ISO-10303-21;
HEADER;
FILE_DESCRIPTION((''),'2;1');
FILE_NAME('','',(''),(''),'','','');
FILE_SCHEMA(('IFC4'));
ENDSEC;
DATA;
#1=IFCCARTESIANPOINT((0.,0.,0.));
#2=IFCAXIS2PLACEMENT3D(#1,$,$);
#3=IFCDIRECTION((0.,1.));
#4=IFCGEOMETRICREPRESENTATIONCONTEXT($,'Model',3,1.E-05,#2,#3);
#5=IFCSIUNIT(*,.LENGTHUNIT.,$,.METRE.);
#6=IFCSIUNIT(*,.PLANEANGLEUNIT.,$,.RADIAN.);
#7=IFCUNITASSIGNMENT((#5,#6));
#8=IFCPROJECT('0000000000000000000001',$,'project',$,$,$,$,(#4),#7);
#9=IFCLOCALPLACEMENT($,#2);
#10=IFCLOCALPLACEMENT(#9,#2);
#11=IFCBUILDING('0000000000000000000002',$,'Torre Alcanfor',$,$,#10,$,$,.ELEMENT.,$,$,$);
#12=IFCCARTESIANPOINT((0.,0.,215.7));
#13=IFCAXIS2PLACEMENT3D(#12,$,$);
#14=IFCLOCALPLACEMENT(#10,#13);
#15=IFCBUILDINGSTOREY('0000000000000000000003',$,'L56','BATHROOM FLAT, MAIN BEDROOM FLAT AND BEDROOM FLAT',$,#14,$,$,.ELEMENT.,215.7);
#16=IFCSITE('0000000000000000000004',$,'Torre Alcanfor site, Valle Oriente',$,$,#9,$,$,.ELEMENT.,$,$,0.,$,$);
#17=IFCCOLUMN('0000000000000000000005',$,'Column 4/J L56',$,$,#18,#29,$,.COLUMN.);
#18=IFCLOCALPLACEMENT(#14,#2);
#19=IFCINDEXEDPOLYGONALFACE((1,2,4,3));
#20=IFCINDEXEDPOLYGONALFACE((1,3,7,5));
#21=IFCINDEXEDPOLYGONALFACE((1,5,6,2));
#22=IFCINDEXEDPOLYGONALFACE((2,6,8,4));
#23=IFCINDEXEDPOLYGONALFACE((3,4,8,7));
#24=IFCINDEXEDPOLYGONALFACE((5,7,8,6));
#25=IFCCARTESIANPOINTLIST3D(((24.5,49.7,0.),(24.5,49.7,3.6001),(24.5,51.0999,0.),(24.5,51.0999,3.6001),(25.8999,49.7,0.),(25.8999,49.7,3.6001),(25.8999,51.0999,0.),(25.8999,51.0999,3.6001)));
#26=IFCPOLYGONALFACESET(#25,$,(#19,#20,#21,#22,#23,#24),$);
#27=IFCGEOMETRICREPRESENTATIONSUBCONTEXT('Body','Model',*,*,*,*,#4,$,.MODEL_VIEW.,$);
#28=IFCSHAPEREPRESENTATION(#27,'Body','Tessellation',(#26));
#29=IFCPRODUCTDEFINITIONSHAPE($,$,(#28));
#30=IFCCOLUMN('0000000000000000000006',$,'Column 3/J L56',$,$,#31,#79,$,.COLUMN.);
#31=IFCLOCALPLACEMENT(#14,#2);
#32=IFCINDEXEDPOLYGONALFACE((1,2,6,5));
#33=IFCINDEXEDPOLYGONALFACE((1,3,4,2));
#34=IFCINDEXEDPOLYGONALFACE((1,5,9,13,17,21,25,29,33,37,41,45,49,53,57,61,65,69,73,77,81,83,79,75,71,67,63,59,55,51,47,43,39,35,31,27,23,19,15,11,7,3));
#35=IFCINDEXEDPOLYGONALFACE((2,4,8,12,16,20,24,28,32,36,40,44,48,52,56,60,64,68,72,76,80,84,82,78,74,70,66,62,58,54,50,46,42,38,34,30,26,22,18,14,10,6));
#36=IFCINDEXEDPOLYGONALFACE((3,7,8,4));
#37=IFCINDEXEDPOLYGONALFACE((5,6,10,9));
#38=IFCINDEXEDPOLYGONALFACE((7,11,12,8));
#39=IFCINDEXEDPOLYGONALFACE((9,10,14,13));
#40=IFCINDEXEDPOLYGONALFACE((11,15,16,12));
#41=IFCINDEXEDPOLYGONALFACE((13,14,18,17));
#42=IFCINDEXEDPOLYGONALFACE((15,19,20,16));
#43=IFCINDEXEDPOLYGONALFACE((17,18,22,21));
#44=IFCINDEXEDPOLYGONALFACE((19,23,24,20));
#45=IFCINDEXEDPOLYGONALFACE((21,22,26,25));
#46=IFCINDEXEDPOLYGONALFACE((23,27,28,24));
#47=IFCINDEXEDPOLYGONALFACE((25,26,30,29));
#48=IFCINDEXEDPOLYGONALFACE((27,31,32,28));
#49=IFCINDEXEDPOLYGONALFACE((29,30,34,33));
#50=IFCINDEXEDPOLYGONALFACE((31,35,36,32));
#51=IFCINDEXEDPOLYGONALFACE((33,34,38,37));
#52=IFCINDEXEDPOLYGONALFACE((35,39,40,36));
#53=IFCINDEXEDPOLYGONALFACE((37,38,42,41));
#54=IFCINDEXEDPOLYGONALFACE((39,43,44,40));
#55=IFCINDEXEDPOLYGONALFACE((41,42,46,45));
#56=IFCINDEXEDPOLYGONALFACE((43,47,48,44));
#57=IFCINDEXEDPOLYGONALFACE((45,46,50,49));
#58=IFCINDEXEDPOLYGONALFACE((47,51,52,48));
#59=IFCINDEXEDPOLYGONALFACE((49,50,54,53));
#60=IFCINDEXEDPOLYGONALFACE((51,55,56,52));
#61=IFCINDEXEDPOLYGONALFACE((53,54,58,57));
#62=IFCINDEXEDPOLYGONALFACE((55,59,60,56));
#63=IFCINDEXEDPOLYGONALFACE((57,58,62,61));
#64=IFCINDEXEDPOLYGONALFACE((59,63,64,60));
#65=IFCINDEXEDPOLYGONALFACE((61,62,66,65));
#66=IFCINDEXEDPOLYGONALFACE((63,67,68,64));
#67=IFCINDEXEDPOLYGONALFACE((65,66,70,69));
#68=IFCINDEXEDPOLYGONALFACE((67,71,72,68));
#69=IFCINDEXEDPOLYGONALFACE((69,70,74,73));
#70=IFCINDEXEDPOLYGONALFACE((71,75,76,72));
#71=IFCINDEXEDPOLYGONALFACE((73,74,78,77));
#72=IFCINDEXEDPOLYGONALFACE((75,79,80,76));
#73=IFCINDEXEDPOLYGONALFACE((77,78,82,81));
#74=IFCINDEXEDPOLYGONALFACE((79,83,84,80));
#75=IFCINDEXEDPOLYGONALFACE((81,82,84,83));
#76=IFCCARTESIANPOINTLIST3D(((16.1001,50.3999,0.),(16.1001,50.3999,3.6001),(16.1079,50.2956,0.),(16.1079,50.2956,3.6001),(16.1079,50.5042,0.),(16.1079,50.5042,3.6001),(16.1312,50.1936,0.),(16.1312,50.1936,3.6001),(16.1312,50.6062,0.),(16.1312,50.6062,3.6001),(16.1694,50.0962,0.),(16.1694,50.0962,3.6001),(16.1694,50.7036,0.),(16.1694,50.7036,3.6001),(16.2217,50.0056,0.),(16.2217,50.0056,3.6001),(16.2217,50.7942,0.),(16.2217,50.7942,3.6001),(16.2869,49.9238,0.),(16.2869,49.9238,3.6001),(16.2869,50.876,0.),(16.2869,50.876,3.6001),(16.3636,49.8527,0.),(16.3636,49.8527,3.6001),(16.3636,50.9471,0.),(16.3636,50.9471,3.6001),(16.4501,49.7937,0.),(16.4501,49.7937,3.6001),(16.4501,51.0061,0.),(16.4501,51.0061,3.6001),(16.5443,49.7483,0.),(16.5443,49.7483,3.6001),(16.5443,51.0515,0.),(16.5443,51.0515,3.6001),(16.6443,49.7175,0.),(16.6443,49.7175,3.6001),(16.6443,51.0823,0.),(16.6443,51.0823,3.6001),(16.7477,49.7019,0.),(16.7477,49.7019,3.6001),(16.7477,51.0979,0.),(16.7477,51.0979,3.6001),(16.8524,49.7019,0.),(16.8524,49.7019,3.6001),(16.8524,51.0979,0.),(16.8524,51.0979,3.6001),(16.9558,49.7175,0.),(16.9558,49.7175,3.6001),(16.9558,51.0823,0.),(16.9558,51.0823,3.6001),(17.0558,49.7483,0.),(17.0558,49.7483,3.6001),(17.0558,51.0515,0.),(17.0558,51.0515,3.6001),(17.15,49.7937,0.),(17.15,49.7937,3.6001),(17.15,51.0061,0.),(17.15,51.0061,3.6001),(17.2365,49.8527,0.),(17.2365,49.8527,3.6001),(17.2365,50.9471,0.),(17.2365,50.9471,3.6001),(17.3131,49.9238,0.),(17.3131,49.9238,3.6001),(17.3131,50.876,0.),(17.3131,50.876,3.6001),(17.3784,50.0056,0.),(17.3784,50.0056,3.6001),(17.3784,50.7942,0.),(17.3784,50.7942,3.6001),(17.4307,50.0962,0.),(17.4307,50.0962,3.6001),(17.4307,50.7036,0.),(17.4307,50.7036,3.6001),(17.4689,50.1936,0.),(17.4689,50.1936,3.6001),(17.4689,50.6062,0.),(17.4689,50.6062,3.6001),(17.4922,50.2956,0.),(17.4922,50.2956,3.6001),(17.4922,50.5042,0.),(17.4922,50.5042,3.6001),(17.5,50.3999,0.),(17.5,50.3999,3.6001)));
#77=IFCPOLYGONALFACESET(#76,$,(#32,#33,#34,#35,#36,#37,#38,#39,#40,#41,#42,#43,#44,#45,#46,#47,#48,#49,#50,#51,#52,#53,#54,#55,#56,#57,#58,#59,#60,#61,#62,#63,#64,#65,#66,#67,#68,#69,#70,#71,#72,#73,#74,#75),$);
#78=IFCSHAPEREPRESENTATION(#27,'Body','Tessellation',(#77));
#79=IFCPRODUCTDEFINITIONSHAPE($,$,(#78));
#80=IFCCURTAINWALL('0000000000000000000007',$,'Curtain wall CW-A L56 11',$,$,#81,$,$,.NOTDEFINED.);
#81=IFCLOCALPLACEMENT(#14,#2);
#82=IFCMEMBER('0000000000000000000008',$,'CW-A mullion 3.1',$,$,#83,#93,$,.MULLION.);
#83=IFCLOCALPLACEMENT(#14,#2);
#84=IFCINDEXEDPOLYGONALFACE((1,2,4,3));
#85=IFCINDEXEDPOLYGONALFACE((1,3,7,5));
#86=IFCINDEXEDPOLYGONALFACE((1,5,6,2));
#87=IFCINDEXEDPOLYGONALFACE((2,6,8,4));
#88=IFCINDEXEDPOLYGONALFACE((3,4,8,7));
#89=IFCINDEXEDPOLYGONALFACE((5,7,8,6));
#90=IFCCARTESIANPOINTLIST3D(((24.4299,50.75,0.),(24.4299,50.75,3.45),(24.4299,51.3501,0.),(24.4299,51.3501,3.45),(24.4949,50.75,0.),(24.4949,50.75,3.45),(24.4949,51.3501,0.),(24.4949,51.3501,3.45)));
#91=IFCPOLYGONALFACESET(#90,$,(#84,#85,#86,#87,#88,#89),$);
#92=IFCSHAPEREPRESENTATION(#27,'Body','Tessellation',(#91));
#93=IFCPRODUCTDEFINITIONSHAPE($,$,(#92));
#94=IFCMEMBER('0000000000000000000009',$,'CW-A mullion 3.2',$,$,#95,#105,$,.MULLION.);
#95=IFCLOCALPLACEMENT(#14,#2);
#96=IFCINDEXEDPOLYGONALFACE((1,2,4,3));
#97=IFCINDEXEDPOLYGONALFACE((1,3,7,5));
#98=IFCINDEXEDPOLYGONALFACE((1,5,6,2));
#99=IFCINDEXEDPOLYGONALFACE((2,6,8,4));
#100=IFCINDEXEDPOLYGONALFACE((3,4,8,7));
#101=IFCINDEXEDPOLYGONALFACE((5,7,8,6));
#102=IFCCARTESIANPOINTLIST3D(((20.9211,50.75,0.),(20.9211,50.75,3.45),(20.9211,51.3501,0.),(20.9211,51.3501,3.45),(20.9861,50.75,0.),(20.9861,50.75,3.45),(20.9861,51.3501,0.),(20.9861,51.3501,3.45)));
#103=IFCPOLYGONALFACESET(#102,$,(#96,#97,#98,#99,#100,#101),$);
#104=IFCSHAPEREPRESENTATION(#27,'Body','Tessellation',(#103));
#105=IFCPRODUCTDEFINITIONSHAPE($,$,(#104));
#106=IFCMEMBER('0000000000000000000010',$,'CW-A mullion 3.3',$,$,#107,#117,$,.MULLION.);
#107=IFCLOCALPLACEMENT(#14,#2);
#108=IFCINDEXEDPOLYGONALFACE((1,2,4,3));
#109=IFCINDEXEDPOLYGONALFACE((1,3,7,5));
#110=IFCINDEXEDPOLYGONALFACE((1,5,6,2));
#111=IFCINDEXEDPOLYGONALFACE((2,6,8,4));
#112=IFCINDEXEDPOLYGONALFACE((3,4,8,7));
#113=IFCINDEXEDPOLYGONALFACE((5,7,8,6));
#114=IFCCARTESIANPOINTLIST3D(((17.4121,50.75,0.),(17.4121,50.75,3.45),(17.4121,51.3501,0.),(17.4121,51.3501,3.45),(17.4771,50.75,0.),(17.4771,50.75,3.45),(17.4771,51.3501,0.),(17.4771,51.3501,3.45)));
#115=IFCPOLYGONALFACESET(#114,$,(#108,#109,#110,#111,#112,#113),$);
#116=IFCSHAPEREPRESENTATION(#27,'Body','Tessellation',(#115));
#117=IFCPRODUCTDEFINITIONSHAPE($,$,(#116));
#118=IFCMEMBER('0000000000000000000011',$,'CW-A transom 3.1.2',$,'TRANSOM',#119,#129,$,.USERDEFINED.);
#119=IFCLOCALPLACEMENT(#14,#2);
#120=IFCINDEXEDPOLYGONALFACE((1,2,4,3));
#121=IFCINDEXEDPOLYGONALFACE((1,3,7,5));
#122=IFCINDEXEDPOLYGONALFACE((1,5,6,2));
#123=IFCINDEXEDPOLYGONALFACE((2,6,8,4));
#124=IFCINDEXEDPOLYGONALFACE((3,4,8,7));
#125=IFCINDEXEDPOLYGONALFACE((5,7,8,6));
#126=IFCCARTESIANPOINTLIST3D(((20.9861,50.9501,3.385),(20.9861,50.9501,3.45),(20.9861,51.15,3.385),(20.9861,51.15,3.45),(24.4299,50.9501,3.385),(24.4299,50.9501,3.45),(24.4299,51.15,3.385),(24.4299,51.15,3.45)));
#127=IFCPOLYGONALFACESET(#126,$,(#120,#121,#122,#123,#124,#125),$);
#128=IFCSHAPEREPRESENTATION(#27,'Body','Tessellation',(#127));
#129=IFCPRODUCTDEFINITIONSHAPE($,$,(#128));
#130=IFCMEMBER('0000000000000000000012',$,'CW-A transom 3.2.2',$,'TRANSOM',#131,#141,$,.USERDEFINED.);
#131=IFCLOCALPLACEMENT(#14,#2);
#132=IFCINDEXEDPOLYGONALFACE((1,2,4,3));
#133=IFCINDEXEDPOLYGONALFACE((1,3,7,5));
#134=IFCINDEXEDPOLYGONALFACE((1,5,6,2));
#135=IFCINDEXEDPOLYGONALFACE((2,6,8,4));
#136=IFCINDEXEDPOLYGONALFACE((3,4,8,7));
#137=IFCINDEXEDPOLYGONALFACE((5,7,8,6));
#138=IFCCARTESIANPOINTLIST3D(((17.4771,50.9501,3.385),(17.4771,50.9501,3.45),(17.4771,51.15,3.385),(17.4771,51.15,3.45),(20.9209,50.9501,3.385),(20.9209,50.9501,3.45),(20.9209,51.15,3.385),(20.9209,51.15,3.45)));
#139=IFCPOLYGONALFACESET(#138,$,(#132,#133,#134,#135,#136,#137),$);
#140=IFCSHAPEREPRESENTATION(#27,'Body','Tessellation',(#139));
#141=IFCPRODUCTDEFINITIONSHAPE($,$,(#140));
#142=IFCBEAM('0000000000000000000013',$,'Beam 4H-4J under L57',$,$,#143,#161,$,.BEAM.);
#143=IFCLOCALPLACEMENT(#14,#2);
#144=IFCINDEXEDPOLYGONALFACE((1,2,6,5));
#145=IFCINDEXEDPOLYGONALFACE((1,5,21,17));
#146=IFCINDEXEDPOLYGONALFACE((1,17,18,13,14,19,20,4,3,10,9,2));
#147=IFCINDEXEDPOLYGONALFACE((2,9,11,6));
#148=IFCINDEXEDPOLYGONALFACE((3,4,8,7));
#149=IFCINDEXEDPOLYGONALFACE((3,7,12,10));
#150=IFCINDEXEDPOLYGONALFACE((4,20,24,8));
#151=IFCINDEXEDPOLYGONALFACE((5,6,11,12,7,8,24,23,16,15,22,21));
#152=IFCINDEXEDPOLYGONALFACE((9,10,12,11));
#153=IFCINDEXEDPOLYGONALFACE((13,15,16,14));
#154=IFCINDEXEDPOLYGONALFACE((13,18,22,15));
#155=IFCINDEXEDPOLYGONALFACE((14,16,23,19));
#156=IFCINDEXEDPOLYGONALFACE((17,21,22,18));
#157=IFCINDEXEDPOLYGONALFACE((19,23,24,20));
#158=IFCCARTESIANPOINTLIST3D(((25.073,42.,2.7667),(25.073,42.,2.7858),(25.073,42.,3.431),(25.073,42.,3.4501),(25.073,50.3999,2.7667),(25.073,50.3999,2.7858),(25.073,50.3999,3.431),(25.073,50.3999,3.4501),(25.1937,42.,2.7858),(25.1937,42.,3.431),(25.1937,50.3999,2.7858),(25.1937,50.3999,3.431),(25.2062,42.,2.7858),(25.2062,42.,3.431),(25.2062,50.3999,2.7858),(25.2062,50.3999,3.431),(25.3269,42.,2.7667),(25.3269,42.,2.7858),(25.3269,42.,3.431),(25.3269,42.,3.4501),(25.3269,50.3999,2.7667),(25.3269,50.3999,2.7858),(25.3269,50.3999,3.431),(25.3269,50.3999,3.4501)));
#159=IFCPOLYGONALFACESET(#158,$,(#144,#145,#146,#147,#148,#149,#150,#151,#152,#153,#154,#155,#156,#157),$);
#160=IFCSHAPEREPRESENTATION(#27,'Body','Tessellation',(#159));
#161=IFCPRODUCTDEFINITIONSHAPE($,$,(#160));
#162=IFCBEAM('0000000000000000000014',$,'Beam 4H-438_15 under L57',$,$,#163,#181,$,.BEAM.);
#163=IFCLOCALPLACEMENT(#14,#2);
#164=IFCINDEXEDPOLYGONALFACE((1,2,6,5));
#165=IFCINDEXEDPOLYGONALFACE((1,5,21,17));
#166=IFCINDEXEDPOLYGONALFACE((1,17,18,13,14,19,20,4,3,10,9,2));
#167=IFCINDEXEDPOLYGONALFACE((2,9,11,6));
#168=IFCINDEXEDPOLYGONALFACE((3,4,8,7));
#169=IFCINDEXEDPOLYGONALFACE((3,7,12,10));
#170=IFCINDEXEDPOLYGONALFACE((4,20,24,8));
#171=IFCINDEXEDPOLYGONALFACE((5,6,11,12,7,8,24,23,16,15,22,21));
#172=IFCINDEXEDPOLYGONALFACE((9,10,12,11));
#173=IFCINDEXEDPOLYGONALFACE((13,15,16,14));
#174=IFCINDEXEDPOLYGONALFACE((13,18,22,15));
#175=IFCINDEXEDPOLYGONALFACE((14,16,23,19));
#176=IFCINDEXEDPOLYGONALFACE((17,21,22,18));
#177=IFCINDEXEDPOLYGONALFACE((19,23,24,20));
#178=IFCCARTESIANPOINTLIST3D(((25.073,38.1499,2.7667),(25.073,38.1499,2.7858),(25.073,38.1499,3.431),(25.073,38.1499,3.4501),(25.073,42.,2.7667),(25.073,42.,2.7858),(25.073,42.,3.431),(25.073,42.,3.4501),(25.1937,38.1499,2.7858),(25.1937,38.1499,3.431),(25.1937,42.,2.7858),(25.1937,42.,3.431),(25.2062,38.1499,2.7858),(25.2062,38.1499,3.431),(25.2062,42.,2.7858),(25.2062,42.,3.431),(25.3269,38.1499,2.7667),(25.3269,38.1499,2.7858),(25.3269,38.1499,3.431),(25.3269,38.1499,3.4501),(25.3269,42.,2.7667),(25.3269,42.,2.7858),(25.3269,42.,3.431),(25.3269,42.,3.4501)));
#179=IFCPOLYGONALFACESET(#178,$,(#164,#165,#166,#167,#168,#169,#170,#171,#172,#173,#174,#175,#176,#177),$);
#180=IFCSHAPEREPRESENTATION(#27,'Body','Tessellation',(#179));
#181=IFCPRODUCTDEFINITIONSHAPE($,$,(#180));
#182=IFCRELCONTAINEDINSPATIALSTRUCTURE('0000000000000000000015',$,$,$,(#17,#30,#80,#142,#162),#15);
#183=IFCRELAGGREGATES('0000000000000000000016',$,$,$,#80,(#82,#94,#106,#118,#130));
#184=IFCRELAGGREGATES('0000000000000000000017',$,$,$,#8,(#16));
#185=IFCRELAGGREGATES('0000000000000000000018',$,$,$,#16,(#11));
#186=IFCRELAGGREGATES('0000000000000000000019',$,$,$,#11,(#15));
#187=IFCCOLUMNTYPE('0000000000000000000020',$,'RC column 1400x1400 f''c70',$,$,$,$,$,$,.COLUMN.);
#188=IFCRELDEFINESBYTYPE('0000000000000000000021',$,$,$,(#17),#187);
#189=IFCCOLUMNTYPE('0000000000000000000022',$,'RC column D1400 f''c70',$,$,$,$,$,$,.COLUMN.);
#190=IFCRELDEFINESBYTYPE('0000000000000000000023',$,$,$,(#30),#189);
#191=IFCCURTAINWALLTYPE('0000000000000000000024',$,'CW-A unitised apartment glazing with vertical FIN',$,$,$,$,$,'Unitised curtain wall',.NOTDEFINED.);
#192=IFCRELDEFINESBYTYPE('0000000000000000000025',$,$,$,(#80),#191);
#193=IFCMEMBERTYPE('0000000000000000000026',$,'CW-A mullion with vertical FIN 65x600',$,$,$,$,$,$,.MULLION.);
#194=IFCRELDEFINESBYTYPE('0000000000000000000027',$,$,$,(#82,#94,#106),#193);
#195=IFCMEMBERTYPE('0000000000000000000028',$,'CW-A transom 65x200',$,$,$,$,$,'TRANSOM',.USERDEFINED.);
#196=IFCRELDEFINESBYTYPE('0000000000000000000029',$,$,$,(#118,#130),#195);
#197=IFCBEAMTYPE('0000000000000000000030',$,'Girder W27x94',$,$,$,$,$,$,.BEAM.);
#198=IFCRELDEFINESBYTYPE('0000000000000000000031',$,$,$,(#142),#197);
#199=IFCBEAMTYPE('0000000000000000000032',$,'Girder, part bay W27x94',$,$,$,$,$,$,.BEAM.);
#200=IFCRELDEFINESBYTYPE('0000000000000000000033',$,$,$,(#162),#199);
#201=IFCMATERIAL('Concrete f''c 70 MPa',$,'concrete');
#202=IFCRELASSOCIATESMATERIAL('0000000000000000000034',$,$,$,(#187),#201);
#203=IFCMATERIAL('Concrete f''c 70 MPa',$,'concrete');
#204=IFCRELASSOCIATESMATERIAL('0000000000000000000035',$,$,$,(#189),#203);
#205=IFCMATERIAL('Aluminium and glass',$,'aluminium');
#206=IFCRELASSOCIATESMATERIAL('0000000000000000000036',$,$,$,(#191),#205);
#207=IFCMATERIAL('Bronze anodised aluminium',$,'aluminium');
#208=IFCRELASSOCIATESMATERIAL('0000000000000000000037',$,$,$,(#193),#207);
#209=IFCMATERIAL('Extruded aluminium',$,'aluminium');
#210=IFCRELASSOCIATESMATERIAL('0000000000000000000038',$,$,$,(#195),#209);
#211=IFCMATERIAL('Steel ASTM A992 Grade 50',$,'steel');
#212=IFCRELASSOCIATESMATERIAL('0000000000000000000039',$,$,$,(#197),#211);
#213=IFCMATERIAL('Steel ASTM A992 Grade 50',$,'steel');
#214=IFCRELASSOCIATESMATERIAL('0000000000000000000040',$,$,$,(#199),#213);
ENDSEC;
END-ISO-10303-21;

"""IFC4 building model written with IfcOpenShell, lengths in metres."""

from ifc_helpers import new_model, si_unit, direction, frame, origin, origin_2d, place, context, subcontext, project, spatial, rectangle, circle, i_section, extrude, material, material_profile, profile_set, type_object, element, aggregate, save


model = new_model("IFC4")

# Units and contexts
model_context = context("Model", 3, precision=1e-05, world=origin(), true_north=direction((0.0, 1.0)))
body_context = subcontext(model_context, "Body", "Model", "MODEL_VIEW")
ifc_project = project(units=[si_unit("LENGTHUNIT", "METRE"), si_unit("PLANEANGLEUNIT", "RADIAN")], contexts=[model_context])

# Site, building, storey
site_placement = place(None, origin())
site = spatial("IfcSite", under=ifc_project, at=site_placement, Name="Torre Alcanfor site, Valle Oriente", CompositionType="ELEMENT", RefElevation=0.0)
building_placement = place(site_placement, origin())
building = spatial("IfcBuilding", under=site, at=building_placement, Name="Torre Alcanfor", CompositionType="ELEMENT")
storey_placement = place(building_placement, frame((0.0, 0.0, 215.7)))
storey = spatial("IfcBuildingStorey", under=building, at=storey_placement, Name="L56", Description="BATHROOM FLAT, MAIN BEDROOM FLAT AND BEDROOM FLAT", CompositionType="ELEMENT", Elevation=215.7)

# Columns
ifc_material_1 = material(Name="Concrete f'c 70 MPa", Category="concrete")
ifc_material_profile_1 = material_profile(ifc_material_1, rectangle(XDim=1.3999, YDim=1.3999, at=origin_2d()), Name="1400x1400")
ifc_profile_set_1 = profile_set([ifc_material_profile_1], Name="Concrete f'c 70 MPa")
column_type_1 = type_object("IfcColumnType", Name="RC column 1400x1400 f'c70", PredefinedType="COLUMN", material=ifc_profile_set_1)
column_1_placement = place(storey_placement, frame((25.2, 50.3999, 0.0), z_axis=(0.0, 0.0, 1.0), x_axis=(1.0, 0.0, 0.0)))
element("IfcColumn", 1, at=column_1_placement, inside=storey, type_object=column_type_1, Name="Column 4/J L56", PredefinedType="COLUMN", context=body_context, shape_type="SweptSolid", body=[
    extrude(rectangle(XDim=1.3999, YDim=1.3999, at=origin_2d()), origin(), (0.0, 0.0, 1.0), 3.6001),
])
ifc_material_2 = material(Name="Concrete f'c 70 MPa", Category="concrete")
ifc_material_profile_2 = material_profile(ifc_material_2, circle(Radius=0.7, at=origin_2d()), Name="D1400")
ifc_profile_set_2 = profile_set([ifc_material_profile_2], Name="Concrete f'c 70 MPa")
column_type_2 = type_object("IfcColumnType", Name="RC column D1400 f'c70", PredefinedType="COLUMN", material=ifc_profile_set_2)
column_2_placement = place(storey_placement, frame((16.8, 50.3999, 0.0), z_axis=(0.0, 0.0, 1.0), x_axis=(1.0, 0.0, 0.0)))
element("IfcColumn", 2, at=column_2_placement, inside=storey, type_object=column_type_2, Name="Column 3/J L56", PredefinedType="COLUMN", context=body_context, shape_type="SweptSolid", body=[
    extrude(circle(Radius=0.7, at=origin_2d()), origin(), (0.0, 0.0, 1.0), 3.6001),
])

# Curtain wall, members
ifc_material_3 = material(Name="Aluminium and glass", Category="aluminium")
curtain_wall_type = type_object("IfcCurtainWallType", Name="CW-A unitised apartment glazing with vertical FIN", ElementType="Unitised curtain wall", PredefinedType="NOTDEFINED", material=ifc_material_3)
curtain_wall_placement = place(storey_placement, origin())
curtain_wall = element("IfcCurtainWall", 3, at=curtain_wall_placement, inside=storey, type_object=curtain_wall_type, Name="Curtain wall CW-A L56 11", PredefinedType="NOTDEFINED")
ifc_material_4 = material(Name="Bronze anodised aluminium", Category="aluminium")
ifc_material_profile_3 = material_profile(ifc_material_4, rectangle(XDim=0.6001, YDim=0.0649, at=origin_2d()), Name="CW-A mullion 65x600")
ifc_profile_set_3 = profile_set([ifc_material_profile_3], Name="Bronze anodised aluminium")
member_type_1 = type_object("IfcMemberType", Name="CW-A mullion with vertical FIN 65x600", PredefinedType="MULLION", material=ifc_profile_set_3)
member_1_placement = place(storey_placement, frame((24.4624, 51.05, 0.0), z_axis=(0.0, 0.0, 1.0), x_axis=(0.0, -1.0, 0.0)))
member_1 = element("IfcMember", 4, at=member_1_placement, type_object=member_type_1, Name="CW-A mullion 3.1", PredefinedType="MULLION", context=body_context, shape_type="SweptSolid", body=[
    extrude(rectangle(XDim=0.6001, YDim=0.0649, at=origin_2d()), origin(), (0.0, 0.0, 1.0), 3.45),
])
member_2_placement = place(storey_placement, frame((20.9536, 51.05, 0.0), z_axis=(0.0, 0.0, 1.0), x_axis=(0.0, -1.0, 0.0)))
member_2 = element("IfcMember", 5, at=member_2_placement, type_object=member_type_1, Name="CW-A mullion 3.2", PredefinedType="MULLION", context=body_context, shape_type="SweptSolid", body=[
    extrude(rectangle(XDim=0.6001, YDim=0.0649, at=origin_2d()), origin(), (0.0, 0.0, 1.0), 3.45),
])
member_3_placement = place(storey_placement, frame((17.4446, 51.05, 0.0), z_axis=(0.0, 0.0, 1.0), x_axis=(0.0, -1.0, 0.0)))
member_3 = element("IfcMember", 6, at=member_3_placement, type_object=member_type_1, Name="CW-A mullion 3.3", PredefinedType="MULLION", context=body_context, shape_type="SweptSolid", body=[
    extrude(rectangle(XDim=0.6001, YDim=0.0649, at=origin_2d()), origin(), (0.0, 0.0, 1.0), 3.45),
])
ifc_material_5 = material(Name="Extruded aluminium", Category="aluminium")
ifc_material_profile_4 = material_profile(ifc_material_5, rectangle(XDim=0.2, YDim=0.0649, at=origin_2d()), Name="CW-A transom 200x65")
ifc_profile_set_4 = profile_set([ifc_material_profile_4], Name="Extruded aluminium")
member_type_2 = type_object("IfcMemberType", Name="CW-A transom 65x200", ElementType="TRANSOM", PredefinedType="USERDEFINED", material=ifc_profile_set_4)
member_4_placement = place(storey_placement, frame((24.4299, 51.05, 3.4175), z_axis=(-1.0, 0.0, 0.0), x_axis=(0.0, -1.0, 0.0)))
member_4 = element("IfcMember", 7, at=member_4_placement, type_object=member_type_2, Name="CW-A transom 3.1.2", ObjectType="TRANSOM", PredefinedType="USERDEFINED", context=body_context, shape_type="SweptSolid", body=[
    extrude(rectangle(XDim=0.2, YDim=0.0649, at=origin_2d()), origin(), (0.0, 0.0, 1.0), 3.4438),
])
member_5_placement = place(storey_placement, frame((20.9209, 51.05, 3.4175), z_axis=(-1.0, 0.0, 0.0), x_axis=(0.0, -1.0, 0.0)))
member_5 = element("IfcMember", 8, at=member_5_placement, type_object=member_type_2, Name="CW-A transom 3.2.2", ObjectType="TRANSOM", PredefinedType="USERDEFINED", context=body_context, shape_type="SweptSolid", body=[
    extrude(rectangle(XDim=0.2, YDim=0.0649, at=origin_2d()), origin(), (0.0, 0.0, 1.0), 3.4438),
])

# Beams
ifc_material_6 = material(Name="Steel ASTM A992 Grade 50", Category="steel")
ifc_material_profile_5 = material_profile(ifc_material_6, i_section(OverallWidth=0.2539, OverallDepth=0.6833, WebThickness=0.0125, FlangeThickness=0.019, at=origin_2d()), Name="W27x94")
ifc_profile_set_5 = profile_set([ifc_material_profile_5], Name="Steel ASTM A992 Grade 50")
beam_type_1 = type_object("IfcBeamType", Name="Girder W27x94", PredefinedType="BEAM", material=ifc_profile_set_5)
beam_1_placement = place(storey_placement, frame((25.2, 42.0, 3.1084), z_axis=(0.0, 1.0, 0.0), x_axis=(-1.0, 0.0, 0.0)))
element("IfcBeam", 9, at=beam_1_placement, inside=storey, type_object=beam_type_1, Name="Beam 4H-4J under L57", PredefinedType="BEAM", context=body_context, shape_type="SweptSolid", body=[
    extrude(i_section(OverallWidth=0.2539, OverallDepth=0.6833, WebThickness=0.0125, FlangeThickness=0.019, at=origin_2d()), origin(), (0.0, 0.0, 1.0), 8.3999),
])
ifc_material_7 = material(Name="Steel ASTM A992 Grade 50", Category="steel")
ifc_material_profile_6 = material_profile(ifc_material_7, i_section(OverallWidth=0.2539, OverallDepth=0.6833, WebThickness=0.0125, FlangeThickness=0.019, at=origin_2d()), Name="W27x94")
ifc_profile_set_6 = profile_set([ifc_material_profile_6], Name="Steel ASTM A992 Grade 50")
beam_type_2 = type_object("IfcBeamType", Name="Girder, part bay W27x94", PredefinedType="BEAM", material=ifc_profile_set_6)
beam_2_placement = place(storey_placement, frame((25.2, 42.0, 3.1084), z_axis=(0.0, -1.0, 0.0), x_axis=(1.0, 0.0, 0.0)))
element("IfcBeam", 10, at=beam_2_placement, inside=storey, type_object=beam_type_2, Name="Beam 4H-438_15 under L57", PredefinedType="BEAM", context=body_context, shape_type="SweptSolid", body=[
    extrude(i_section(OverallWidth=0.2539, OverallDepth=0.6833, WebThickness=0.0125, FlangeThickness=0.019, at=origin_2d()), origin(), (0.0, 0.0, 1.0), 3.8501),
])

aggregate(curtain_wall, [member_1, member_2, member_3, member_4, member_5])

save(model, "model.ifc")
